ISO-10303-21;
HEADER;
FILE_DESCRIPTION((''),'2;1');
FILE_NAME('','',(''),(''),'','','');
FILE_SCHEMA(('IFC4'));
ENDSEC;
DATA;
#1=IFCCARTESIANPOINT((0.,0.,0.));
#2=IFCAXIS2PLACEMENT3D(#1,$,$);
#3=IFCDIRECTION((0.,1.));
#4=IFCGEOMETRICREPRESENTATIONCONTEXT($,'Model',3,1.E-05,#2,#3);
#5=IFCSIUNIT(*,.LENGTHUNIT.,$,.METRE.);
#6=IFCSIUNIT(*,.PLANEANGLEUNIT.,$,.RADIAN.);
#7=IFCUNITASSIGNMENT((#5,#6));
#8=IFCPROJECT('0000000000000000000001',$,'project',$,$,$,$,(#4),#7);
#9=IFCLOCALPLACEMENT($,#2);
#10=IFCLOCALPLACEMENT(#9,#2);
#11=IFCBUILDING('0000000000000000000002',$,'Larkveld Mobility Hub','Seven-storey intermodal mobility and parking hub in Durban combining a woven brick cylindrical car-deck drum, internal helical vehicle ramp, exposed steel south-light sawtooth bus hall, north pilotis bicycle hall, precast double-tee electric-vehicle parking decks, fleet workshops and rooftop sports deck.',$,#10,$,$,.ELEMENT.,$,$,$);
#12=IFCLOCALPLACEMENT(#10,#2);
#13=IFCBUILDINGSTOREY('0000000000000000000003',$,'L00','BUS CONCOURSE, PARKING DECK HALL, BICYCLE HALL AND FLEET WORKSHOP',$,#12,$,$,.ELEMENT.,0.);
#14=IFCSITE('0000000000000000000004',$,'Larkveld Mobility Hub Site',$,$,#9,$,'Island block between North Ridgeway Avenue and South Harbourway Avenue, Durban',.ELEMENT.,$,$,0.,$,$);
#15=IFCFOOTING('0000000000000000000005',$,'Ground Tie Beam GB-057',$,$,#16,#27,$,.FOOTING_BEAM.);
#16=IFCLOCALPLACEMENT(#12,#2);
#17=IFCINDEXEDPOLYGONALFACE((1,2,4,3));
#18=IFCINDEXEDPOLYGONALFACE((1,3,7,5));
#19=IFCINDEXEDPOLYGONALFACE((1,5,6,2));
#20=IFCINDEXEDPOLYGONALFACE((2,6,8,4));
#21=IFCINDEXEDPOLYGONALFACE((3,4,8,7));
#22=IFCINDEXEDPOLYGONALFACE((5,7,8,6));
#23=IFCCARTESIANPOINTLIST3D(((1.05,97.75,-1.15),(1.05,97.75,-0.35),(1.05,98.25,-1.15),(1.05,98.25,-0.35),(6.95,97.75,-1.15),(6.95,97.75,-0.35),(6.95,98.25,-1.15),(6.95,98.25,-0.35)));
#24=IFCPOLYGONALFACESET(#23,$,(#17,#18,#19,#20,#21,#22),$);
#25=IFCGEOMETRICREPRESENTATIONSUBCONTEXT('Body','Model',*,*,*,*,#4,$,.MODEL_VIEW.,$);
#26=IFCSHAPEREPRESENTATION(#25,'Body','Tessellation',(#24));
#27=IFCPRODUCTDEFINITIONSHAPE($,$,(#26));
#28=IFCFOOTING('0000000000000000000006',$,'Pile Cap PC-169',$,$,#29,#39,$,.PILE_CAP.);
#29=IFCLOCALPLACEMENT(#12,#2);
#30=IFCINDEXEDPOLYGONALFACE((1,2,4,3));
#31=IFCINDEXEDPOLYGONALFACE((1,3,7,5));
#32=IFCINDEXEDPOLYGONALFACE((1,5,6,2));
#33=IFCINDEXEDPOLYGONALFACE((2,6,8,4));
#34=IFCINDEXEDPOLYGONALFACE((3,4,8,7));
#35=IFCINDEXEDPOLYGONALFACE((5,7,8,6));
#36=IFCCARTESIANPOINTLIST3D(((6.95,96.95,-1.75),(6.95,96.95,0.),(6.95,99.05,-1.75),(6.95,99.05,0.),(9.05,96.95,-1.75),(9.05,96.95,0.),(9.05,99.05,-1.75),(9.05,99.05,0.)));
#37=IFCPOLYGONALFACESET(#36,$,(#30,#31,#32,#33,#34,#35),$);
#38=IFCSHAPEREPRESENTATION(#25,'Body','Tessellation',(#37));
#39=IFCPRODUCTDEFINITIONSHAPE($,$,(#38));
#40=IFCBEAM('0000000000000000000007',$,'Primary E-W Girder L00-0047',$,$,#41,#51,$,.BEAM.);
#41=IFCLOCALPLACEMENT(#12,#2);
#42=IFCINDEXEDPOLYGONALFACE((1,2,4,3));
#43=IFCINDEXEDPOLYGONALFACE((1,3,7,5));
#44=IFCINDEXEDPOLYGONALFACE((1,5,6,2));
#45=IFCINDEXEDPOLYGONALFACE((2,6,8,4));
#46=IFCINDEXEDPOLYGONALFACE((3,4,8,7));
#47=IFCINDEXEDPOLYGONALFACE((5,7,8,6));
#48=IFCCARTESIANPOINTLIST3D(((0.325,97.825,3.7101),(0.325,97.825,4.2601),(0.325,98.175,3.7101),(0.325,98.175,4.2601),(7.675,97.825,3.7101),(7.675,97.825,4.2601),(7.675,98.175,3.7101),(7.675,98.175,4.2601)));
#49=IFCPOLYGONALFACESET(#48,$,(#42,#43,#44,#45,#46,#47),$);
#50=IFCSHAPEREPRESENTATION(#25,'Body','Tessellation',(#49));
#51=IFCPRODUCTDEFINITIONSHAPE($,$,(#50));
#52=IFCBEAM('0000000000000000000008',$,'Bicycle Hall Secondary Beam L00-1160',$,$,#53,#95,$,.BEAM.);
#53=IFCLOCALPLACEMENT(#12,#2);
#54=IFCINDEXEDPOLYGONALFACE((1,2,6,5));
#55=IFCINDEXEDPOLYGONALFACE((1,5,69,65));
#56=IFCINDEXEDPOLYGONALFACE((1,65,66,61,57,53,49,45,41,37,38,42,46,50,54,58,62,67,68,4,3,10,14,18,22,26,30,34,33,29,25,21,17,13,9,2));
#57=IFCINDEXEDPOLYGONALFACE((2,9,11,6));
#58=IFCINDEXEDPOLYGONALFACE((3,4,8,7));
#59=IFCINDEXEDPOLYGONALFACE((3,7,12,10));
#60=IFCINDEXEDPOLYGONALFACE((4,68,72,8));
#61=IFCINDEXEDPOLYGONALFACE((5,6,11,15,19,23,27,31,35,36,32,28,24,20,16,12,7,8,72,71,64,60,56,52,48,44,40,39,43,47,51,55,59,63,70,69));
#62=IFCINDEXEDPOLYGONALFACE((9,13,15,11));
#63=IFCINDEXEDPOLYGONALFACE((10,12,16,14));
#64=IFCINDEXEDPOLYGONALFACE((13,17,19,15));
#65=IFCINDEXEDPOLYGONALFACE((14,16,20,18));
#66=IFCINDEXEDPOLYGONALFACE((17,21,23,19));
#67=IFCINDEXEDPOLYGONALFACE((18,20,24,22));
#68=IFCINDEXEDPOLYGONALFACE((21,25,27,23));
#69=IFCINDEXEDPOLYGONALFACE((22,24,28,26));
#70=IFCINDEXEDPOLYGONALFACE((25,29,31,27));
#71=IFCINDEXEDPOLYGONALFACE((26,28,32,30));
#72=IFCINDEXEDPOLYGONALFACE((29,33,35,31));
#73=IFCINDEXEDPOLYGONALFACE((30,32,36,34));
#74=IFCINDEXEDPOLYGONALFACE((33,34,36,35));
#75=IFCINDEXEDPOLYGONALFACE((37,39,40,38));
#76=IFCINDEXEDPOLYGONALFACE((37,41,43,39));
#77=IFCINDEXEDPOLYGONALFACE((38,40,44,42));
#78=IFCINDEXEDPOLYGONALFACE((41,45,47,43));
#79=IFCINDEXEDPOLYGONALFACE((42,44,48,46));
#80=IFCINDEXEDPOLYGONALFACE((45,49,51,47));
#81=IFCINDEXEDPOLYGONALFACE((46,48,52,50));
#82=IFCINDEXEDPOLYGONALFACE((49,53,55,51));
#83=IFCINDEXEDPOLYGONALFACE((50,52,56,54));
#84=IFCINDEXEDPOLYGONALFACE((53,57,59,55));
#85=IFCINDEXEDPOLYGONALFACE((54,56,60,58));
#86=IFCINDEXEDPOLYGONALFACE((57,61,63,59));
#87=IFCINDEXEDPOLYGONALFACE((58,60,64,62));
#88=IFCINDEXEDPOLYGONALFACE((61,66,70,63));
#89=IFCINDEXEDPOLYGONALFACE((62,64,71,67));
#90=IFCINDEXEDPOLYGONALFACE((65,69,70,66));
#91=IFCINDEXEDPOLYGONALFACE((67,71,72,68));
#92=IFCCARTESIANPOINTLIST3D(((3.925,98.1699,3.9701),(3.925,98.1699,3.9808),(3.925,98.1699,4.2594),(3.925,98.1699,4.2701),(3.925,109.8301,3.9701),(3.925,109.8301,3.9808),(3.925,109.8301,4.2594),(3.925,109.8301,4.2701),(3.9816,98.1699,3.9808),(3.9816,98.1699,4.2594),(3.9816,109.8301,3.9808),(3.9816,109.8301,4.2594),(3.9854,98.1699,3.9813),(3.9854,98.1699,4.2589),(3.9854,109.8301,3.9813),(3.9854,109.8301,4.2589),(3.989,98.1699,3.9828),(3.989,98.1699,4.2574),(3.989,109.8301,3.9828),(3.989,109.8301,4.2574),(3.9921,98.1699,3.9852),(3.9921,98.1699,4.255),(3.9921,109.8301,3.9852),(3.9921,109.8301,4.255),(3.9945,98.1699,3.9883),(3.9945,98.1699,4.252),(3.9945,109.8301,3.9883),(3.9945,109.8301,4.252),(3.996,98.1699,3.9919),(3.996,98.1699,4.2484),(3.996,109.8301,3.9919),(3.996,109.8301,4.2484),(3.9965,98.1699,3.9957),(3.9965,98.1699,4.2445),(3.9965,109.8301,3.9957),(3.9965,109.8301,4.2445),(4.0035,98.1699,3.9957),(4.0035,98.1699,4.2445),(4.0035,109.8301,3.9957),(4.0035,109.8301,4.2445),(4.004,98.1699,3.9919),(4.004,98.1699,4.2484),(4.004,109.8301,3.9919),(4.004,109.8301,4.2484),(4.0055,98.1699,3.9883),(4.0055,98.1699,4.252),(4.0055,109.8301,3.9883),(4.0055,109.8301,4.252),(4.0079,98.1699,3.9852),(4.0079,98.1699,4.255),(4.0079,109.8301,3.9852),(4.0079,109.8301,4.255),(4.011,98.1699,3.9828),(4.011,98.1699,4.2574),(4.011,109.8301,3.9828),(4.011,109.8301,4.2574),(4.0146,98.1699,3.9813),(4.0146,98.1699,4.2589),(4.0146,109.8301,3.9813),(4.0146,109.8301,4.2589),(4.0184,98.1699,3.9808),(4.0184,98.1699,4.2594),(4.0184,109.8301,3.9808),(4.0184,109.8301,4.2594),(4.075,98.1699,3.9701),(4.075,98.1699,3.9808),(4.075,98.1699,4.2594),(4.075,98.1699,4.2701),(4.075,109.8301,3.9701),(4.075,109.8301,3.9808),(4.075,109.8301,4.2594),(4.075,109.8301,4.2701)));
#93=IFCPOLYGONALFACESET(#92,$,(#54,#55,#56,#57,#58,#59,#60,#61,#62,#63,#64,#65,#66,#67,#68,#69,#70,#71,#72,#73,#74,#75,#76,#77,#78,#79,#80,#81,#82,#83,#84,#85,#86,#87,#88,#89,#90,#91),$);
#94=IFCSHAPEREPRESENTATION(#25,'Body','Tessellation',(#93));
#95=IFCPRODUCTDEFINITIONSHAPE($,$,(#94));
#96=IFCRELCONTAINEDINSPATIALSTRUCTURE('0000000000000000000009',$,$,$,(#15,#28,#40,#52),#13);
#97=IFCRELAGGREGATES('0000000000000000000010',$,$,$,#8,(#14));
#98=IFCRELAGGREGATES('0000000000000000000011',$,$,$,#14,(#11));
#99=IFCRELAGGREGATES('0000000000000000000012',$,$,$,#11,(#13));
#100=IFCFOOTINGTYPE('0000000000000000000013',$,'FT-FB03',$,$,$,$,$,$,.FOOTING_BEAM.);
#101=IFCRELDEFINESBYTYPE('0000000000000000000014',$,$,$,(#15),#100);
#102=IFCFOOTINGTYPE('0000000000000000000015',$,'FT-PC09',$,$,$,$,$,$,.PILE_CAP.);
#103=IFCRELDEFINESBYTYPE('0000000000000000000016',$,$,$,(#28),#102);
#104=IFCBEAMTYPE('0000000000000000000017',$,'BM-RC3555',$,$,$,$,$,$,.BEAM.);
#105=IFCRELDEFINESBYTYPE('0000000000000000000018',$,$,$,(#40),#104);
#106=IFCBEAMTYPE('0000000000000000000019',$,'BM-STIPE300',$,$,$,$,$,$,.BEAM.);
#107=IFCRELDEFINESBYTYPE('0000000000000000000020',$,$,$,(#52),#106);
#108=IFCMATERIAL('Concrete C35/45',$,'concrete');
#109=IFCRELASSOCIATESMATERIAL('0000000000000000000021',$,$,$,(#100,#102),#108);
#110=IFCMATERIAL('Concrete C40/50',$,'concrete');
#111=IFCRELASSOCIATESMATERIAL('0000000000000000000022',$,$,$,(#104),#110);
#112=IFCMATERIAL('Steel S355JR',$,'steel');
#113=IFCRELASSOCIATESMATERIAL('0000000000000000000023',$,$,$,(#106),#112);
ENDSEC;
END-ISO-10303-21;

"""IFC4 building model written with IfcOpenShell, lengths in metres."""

from ifc_helpers import new_model, si_unit, direction, frame, origin, origin_2d, place, context, subcontext, project, spatial, rectangle, i_section, extrude, material, material_profile, profile_set, type_object, element, save


model = new_model("IFC4")

# Units and contexts
model_context = context("Model", 3, precision=1e-05, world=origin(), true_north=direction((0.0, 1.0)))
body_context = subcontext(model_context, "Body", "Model", "MODEL_VIEW")
ifc_project = project(units=[si_unit("LENGTHUNIT", "METRE"), si_unit("PLANEANGLEUNIT", "RADIAN")], contexts=[model_context])

# Site, building, storey
site_placement = place(None, origin())
site = spatial("IfcSite", under=ifc_project, at=site_placement, Name="Larkveld Mobility Hub Site", LongName="Island block between North Ridgeway Avenue and South Harbourway Avenue, Durban", CompositionType="ELEMENT", RefElevation=0.0)
building_placement = place(site_placement, origin())
building = spatial("IfcBuilding", under=site, at=building_placement, Name="Larkveld Mobility Hub", Description="Seven-storey intermodal mobility and parking hub in Durban combining a woven brick cylindrical car-deck drum, internal helical vehicle ramp, exposed steel south-light sawtooth bus hall, north pilotis bicycle hall, precast double-tee electric-vehicle parking decks, fleet workshops and rooftop sports deck.", CompositionType="ELEMENT")
storey_placement = place(building_placement, origin())
storey = spatial("IfcBuildingStorey", under=building, at=storey_placement, Name="L00", Description="BUS CONCOURSE, PARKING DECK HALL, BICYCLE HALL AND FLEET WORKSHOP", CompositionType="ELEMENT", Elevation=0.0)

# Footings
ifc_material_1 = material(Name="Concrete C35/45", Category="concrete")
ifc_material_profile_1 = material_profile(ifc_material_1, rectangle(XDim=0.5, YDim=0.8, at=origin_2d()), Name="RC BM 500x800")
ifc_profile_set_1 = profile_set([ifc_material_profile_1], Name="Concrete C35/45")
footing_type_1 = type_object("IfcFootingType", Name="FT-FB03", PredefinedType="FOOTING_BEAM", material=ifc_profile_set_1)
footing_1_placement = place(storey_placement, frame((1.05, 98.0, -0.75), z_axis=(1.0, 0.0, 0.0), x_axis=(0.0, 1.0, 0.0)))
element("IfcFooting", 1, at=footing_1_placement, inside=storey, type_object=footing_type_1, Name="Ground Tie Beam GB-057", PredefinedType="FOOTING_BEAM", context=body_context, shape_type="SweptSolid", body=[
    extrude(rectangle(XDim=0.5, YDim=0.8, at=origin_2d()), origin(), (0.0, 0.0, 1.0), 5.8999),
])
footing_type_2 = type_object("IfcFootingType", Name="FT-PC09", PredefinedType="PILE_CAP", material=ifc_material_1)
footing_2_placement = place(storey_placement, frame((8.0, 98.0, -1.75), z_axis=(0.0, 0.0, 1.0), x_axis=(1.0, 0.0, 0.0)))
element("IfcFooting", 2, at=footing_2_placement, inside=storey, type_object=footing_type_2, Name="Pile Cap PC-169", PredefinedType="PILE_CAP", context=body_context, shape_type="SweptSolid", body=[
    extrude(rectangle(XDim=2.1001, YDim=2.1001, at=origin_2d()), origin(), (0.0, 0.0, 1.0), 1.75),
])

# Beams
ifc_material_2 = material(Name="Concrete C40/50", Category="concrete")
ifc_material_profile_2 = material_profile(ifc_material_2, rectangle(XDim=0.3501, YDim=0.55, at=origin_2d()), Name="RC BM 350x550")
ifc_profile_set_2 = profile_set([ifc_material_profile_2], Name="Concrete C40/50")
beam_type_1 = type_object("IfcBeamType", Name="BM-RC3555", PredefinedType="BEAM", material=ifc_profile_set_2)
beam_1_placement = place(storey_placement, frame((0.325, 98.0, 3.9851), z_axis=(1.0, 0.0, 0.0), x_axis=(0.0, 1.0, 0.0)))
element("IfcBeam", 3, at=beam_1_placement, inside=storey, type_object=beam_type_1, Name="Primary E-W Girder L00-0047", PredefinedType="BEAM", context=body_context, shape_type="SweptSolid", body=[
    extrude(rectangle(XDim=0.3501, YDim=0.55, at=origin_2d()), origin(), (0.0, 0.0, 1.0), 7.3501),
])
ifc_material_3 = material(Name="Steel S355JR", Category="steel")
ifc_material_profile_3 = material_profile(ifc_material_3, i_section(OverallWidth=0.1499, OverallDepth=0.3, WebThickness=0.0071, FlangeThickness=0.0107, FilletRadius=0.0149, at=origin_2d()), Name="IPE 300")
ifc_profile_set_3 = profile_set([ifc_material_profile_3], Name="Steel S355JR")
beam_type_2 = type_object("IfcBeamType", Name="BM-STIPE300", PredefinedType="BEAM", material=ifc_profile_set_3)
beam_2_placement = place(storey_placement, frame((4.0, 98.1699, 4.1201), z_axis=(0.0, 1.0, 0.0), x_axis=(-1.0, 0.0, 0.0)))
element("IfcBeam", 4, at=beam_2_placement, inside=storey, type_object=beam_type_2, Name="Bicycle Hall Secondary Beam L00-1160", PredefinedType="BEAM", context=body_context, shape_type="SweptSolid", body=[
    extrude(i_section(OverallWidth=0.1499, OverallDepth=0.3, WebThickness=0.0071, FlangeThickness=0.0107, FilletRadius=0.0149, at=origin_2d()), origin(), (0.0, 0.0, 1.0), 11.6602),
])

save(model, "model.ifc")
